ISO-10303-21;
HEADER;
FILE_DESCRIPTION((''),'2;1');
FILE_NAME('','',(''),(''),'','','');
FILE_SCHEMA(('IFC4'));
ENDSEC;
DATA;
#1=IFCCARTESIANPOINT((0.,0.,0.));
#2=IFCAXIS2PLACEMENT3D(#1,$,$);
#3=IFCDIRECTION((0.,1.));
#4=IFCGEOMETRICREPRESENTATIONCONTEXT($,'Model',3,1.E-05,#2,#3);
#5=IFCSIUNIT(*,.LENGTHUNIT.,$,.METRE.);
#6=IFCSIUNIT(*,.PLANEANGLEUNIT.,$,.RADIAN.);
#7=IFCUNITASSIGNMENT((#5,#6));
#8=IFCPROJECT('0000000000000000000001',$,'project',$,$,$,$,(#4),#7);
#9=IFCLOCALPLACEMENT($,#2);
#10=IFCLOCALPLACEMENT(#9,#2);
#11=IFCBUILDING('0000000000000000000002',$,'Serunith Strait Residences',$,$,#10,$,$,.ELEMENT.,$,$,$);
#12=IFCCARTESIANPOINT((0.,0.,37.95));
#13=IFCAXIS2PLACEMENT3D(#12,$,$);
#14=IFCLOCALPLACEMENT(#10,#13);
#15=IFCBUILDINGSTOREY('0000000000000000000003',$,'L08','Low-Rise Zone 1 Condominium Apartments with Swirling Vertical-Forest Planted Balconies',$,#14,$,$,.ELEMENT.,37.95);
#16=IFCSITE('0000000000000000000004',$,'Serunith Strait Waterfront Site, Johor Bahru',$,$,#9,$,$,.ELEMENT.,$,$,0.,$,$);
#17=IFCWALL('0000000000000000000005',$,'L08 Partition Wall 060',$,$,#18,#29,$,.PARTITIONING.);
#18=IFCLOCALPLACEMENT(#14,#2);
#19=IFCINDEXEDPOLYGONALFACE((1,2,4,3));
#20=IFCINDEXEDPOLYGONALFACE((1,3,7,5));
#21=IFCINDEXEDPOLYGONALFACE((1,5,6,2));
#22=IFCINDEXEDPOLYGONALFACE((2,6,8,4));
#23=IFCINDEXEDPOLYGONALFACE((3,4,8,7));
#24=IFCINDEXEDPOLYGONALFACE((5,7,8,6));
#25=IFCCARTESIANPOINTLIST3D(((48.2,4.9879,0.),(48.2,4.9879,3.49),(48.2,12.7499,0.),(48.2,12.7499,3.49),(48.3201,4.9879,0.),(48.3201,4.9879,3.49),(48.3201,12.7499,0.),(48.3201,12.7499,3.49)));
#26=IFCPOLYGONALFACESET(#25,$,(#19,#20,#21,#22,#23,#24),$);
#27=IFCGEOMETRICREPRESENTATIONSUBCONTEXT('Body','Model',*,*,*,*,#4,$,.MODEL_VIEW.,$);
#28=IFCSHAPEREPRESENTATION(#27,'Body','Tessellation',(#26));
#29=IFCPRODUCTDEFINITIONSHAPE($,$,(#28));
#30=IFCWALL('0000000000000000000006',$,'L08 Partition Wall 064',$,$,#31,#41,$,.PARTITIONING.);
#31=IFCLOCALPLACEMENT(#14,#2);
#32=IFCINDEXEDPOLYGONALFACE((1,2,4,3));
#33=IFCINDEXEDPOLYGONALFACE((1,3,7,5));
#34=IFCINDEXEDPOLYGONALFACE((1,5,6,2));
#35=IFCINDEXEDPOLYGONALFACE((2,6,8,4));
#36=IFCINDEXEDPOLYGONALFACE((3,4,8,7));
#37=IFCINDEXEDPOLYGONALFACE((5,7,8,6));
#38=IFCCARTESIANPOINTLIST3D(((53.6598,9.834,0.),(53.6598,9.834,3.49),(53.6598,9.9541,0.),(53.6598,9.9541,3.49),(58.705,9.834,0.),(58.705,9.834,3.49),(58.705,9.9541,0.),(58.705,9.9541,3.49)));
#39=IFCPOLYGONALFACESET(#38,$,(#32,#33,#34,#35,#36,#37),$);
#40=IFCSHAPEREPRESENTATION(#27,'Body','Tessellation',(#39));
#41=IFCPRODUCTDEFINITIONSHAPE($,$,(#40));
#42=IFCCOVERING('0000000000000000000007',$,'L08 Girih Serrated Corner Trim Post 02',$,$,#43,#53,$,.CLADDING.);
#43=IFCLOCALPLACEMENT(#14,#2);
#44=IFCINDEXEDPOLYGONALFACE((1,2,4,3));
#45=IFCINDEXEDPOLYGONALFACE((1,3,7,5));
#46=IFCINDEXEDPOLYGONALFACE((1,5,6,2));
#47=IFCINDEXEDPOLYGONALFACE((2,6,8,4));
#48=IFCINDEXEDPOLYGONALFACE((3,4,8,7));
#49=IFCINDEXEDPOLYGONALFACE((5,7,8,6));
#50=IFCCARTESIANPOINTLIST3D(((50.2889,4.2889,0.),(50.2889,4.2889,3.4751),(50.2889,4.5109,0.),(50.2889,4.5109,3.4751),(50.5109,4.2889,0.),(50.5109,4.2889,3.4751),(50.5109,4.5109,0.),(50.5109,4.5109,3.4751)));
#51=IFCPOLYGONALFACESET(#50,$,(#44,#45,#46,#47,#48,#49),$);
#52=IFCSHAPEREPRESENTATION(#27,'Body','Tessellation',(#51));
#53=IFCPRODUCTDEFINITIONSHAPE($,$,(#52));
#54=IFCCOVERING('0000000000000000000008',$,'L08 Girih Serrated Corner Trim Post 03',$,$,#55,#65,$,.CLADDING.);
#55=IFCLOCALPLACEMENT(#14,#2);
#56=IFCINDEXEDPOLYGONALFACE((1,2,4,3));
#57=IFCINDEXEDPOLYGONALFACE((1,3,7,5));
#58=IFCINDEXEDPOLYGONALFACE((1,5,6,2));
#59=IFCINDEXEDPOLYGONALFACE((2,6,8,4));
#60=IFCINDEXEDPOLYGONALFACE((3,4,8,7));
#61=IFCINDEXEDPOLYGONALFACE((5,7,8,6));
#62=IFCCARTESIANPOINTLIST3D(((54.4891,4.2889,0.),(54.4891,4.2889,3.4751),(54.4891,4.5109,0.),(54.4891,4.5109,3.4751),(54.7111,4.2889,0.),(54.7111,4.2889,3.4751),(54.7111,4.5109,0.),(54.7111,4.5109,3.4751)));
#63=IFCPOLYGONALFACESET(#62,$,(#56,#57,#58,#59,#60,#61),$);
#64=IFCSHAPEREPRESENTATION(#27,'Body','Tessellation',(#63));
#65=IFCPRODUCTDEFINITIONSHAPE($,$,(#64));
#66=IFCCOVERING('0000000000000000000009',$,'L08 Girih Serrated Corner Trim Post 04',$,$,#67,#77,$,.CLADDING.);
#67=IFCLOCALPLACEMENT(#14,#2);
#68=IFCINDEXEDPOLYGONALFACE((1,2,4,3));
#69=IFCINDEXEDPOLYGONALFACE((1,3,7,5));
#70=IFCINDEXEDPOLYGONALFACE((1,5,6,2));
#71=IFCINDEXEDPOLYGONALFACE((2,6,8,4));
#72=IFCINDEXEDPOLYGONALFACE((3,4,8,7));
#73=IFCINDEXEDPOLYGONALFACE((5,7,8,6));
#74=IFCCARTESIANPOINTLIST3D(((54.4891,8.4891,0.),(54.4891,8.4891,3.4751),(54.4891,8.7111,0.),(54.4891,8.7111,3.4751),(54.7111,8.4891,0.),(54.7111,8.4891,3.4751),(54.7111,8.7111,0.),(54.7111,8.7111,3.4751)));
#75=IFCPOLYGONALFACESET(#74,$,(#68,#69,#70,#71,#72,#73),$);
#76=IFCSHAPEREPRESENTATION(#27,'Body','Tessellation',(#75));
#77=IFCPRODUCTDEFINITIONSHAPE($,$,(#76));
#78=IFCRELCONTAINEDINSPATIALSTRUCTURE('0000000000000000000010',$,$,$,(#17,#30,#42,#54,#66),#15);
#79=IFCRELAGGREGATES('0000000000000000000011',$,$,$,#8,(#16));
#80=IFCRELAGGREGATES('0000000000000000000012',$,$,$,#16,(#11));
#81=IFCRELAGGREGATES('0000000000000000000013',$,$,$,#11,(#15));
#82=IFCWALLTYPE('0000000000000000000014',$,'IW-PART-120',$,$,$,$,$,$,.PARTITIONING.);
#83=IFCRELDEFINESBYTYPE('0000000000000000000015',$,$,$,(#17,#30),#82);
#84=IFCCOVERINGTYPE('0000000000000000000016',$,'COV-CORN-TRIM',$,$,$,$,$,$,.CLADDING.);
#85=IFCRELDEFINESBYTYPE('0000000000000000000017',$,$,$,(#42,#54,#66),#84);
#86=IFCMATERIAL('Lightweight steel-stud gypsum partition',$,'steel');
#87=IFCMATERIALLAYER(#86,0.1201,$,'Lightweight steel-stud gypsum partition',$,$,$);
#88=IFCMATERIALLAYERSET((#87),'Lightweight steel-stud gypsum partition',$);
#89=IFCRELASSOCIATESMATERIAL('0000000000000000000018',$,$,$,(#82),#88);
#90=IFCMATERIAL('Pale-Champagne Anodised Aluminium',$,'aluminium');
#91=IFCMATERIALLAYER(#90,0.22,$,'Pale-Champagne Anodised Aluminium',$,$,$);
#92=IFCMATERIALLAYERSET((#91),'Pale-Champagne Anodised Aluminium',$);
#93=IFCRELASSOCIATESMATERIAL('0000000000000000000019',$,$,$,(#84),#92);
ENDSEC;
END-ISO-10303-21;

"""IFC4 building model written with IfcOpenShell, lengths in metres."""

from ifc_helpers import new_model, si_unit, direction, frame, frame_2d, origin, origin_2d, place, context, subcontext, project, spatial, rectangle, extrude, source, transform, mapped, material, layer, layer_set, type_object, element, save


model = new_model("IFC4")

# Units and contexts
model_context = context("Model", 3, precision=1e-05, world=origin(), true_north=direction((0.0, 1.0)))
body_context = subcontext(model_context, "Body", "Model", "MODEL_VIEW")
ifc_project = project(units=[si_unit("LENGTHUNIT", "METRE"), si_unit("PLANEANGLEUNIT", "RADIAN")], contexts=[model_context])

# Site, building, storey
site_placement = place(None, origin())
site = spatial("IfcSite", under=ifc_project, at=site_placement, Name="Serunith Strait Waterfront Site, Johor Bahru", CompositionType="ELEMENT", RefElevation=0.0)
building_placement = place(site_placement, origin())
building = spatial("IfcBuilding", under=site, at=building_placement, Name="Serunith Strait Residences", CompositionType="ELEMENT")
storey_placement = place(building_placement, frame((0.0, 0.0, 37.95)))
storey = spatial("IfcBuildingStorey", under=building, at=storey_placement, Name="L08", Description="Low-Rise Zone 1 Condominium Apartments with Swirling Vertical-Forest Planted Balconies", CompositionType="ELEMENT", Elevation=37.95)

# Shared definitions
ifc_material_1 = material(Name="Pale-Champagne Anodised Aluminium", Category="aluminium")

# Shared definitions
ifc_material_2 = material(Name="Lightweight steel-stud gypsum partition", Category="steel")
ifc_layer_1 = layer(ifc_material_2, 0.1201, Name="Lightweight steel-stud gypsum partition")
ifc_layer_set_1 = layer_set([ifc_layer_1], Name="Lightweight steel-stud gypsum partition")
wall_type_1 = type_object("IfcWallType", Name="IW-PART-120", PredefinedType="PARTITIONING", material=ifc_layer_set_1)

# Walls
wall_1_placement = place(storey_placement, frame((48.26, 4.988, 0.0), z_axis=(0.0, 0.0, 1.0), x_axis=(0.0, 1.0, 0.0)))
element("IfcWall", 1, at=wall_1_placement, inside=storey, type_object=wall_type_1, Name="L08 Partition Wall 060", PredefinedType="PARTITIONING", context=body_context, shape_type="SweptSolid", body=[
    extrude(rectangle(XDim=7.762, YDim=0.1201, at=frame_2d((3.8809, 0.0))), origin(), (0.0, 0.0, 1.0), 3.49),
])
wall_2_placement = place(storey_placement, frame((53.6599, 9.894, 0.0), z_axis=(0.0, 0.0, 1.0), x_axis=(1.0, 0.0, 0.0)))
element("IfcWall", 2, at=wall_2_placement, inside=storey, type_object=wall_type_1, Name="L08 Partition Wall 064", PredefinedType="PARTITIONING", context=body_context, shape_type="SweptSolid", body=[
    extrude(rectangle(XDim=5.0452, YDim=0.1201, at=frame_2d((2.5225, 0.0))), origin(), (0.0, 0.0, 1.0), 3.49),
])

# Coverings
ifc_layer_2 = layer(ifc_material_1, 0.22, Name="Pale-Champagne Anodised Aluminium")
ifc_layer_set_2 = layer_set([ifc_layer_2], Name="Pale-Champagne Anodised Aluminium")
covering_type = type_object("IfcCoveringType", Name="COV-CORN-TRIM", PredefinedType="CLADDING", material=ifc_layer_set_2)
shared_shape_1 = source(origin(), body_context, "Body", "SweptSolid", [
    extrude(rectangle(XDim=0.2219, YDim=0.2219, at=origin_2d()), origin(), (0.0, 0.0, 1.0), 3.4751),
])
for number, where, z_axis, x_axis, name in (
    (3, (50.3999, 4.3999, 0.0), (0.0, 0.0, 1.0), (1.0, 0.0, 0.0), "L08 Girih Serrated Corner Trim Post 02"),
    (4, (54.6001, 4.3999, 0.0), (0.0, 0.0, 1.0), (1.0, 0.0, 0.0), "L08 Girih Serrated Corner Trim Post 03"),
    (5, (54.6001, 8.6001, 0.0), (0.0, 0.0, 1.0), (1.0, 0.0, 0.0), "L08 Girih Serrated Corner Trim Post 04"),
):
    element("IfcCovering", number, at=place(storey_placement, frame(where, z_axis=z_axis, x_axis=x_axis)), inside=storey, type_object=covering_type, Name=name, PredefinedType="CLADDING", context=body_context, shape_type="MappedRepresentation", body=[
        mapped(shared_shape_1, transform((0.0, 0.0, 0.0), scale=1.0)),
    ])

save(model, "model.ifc")
